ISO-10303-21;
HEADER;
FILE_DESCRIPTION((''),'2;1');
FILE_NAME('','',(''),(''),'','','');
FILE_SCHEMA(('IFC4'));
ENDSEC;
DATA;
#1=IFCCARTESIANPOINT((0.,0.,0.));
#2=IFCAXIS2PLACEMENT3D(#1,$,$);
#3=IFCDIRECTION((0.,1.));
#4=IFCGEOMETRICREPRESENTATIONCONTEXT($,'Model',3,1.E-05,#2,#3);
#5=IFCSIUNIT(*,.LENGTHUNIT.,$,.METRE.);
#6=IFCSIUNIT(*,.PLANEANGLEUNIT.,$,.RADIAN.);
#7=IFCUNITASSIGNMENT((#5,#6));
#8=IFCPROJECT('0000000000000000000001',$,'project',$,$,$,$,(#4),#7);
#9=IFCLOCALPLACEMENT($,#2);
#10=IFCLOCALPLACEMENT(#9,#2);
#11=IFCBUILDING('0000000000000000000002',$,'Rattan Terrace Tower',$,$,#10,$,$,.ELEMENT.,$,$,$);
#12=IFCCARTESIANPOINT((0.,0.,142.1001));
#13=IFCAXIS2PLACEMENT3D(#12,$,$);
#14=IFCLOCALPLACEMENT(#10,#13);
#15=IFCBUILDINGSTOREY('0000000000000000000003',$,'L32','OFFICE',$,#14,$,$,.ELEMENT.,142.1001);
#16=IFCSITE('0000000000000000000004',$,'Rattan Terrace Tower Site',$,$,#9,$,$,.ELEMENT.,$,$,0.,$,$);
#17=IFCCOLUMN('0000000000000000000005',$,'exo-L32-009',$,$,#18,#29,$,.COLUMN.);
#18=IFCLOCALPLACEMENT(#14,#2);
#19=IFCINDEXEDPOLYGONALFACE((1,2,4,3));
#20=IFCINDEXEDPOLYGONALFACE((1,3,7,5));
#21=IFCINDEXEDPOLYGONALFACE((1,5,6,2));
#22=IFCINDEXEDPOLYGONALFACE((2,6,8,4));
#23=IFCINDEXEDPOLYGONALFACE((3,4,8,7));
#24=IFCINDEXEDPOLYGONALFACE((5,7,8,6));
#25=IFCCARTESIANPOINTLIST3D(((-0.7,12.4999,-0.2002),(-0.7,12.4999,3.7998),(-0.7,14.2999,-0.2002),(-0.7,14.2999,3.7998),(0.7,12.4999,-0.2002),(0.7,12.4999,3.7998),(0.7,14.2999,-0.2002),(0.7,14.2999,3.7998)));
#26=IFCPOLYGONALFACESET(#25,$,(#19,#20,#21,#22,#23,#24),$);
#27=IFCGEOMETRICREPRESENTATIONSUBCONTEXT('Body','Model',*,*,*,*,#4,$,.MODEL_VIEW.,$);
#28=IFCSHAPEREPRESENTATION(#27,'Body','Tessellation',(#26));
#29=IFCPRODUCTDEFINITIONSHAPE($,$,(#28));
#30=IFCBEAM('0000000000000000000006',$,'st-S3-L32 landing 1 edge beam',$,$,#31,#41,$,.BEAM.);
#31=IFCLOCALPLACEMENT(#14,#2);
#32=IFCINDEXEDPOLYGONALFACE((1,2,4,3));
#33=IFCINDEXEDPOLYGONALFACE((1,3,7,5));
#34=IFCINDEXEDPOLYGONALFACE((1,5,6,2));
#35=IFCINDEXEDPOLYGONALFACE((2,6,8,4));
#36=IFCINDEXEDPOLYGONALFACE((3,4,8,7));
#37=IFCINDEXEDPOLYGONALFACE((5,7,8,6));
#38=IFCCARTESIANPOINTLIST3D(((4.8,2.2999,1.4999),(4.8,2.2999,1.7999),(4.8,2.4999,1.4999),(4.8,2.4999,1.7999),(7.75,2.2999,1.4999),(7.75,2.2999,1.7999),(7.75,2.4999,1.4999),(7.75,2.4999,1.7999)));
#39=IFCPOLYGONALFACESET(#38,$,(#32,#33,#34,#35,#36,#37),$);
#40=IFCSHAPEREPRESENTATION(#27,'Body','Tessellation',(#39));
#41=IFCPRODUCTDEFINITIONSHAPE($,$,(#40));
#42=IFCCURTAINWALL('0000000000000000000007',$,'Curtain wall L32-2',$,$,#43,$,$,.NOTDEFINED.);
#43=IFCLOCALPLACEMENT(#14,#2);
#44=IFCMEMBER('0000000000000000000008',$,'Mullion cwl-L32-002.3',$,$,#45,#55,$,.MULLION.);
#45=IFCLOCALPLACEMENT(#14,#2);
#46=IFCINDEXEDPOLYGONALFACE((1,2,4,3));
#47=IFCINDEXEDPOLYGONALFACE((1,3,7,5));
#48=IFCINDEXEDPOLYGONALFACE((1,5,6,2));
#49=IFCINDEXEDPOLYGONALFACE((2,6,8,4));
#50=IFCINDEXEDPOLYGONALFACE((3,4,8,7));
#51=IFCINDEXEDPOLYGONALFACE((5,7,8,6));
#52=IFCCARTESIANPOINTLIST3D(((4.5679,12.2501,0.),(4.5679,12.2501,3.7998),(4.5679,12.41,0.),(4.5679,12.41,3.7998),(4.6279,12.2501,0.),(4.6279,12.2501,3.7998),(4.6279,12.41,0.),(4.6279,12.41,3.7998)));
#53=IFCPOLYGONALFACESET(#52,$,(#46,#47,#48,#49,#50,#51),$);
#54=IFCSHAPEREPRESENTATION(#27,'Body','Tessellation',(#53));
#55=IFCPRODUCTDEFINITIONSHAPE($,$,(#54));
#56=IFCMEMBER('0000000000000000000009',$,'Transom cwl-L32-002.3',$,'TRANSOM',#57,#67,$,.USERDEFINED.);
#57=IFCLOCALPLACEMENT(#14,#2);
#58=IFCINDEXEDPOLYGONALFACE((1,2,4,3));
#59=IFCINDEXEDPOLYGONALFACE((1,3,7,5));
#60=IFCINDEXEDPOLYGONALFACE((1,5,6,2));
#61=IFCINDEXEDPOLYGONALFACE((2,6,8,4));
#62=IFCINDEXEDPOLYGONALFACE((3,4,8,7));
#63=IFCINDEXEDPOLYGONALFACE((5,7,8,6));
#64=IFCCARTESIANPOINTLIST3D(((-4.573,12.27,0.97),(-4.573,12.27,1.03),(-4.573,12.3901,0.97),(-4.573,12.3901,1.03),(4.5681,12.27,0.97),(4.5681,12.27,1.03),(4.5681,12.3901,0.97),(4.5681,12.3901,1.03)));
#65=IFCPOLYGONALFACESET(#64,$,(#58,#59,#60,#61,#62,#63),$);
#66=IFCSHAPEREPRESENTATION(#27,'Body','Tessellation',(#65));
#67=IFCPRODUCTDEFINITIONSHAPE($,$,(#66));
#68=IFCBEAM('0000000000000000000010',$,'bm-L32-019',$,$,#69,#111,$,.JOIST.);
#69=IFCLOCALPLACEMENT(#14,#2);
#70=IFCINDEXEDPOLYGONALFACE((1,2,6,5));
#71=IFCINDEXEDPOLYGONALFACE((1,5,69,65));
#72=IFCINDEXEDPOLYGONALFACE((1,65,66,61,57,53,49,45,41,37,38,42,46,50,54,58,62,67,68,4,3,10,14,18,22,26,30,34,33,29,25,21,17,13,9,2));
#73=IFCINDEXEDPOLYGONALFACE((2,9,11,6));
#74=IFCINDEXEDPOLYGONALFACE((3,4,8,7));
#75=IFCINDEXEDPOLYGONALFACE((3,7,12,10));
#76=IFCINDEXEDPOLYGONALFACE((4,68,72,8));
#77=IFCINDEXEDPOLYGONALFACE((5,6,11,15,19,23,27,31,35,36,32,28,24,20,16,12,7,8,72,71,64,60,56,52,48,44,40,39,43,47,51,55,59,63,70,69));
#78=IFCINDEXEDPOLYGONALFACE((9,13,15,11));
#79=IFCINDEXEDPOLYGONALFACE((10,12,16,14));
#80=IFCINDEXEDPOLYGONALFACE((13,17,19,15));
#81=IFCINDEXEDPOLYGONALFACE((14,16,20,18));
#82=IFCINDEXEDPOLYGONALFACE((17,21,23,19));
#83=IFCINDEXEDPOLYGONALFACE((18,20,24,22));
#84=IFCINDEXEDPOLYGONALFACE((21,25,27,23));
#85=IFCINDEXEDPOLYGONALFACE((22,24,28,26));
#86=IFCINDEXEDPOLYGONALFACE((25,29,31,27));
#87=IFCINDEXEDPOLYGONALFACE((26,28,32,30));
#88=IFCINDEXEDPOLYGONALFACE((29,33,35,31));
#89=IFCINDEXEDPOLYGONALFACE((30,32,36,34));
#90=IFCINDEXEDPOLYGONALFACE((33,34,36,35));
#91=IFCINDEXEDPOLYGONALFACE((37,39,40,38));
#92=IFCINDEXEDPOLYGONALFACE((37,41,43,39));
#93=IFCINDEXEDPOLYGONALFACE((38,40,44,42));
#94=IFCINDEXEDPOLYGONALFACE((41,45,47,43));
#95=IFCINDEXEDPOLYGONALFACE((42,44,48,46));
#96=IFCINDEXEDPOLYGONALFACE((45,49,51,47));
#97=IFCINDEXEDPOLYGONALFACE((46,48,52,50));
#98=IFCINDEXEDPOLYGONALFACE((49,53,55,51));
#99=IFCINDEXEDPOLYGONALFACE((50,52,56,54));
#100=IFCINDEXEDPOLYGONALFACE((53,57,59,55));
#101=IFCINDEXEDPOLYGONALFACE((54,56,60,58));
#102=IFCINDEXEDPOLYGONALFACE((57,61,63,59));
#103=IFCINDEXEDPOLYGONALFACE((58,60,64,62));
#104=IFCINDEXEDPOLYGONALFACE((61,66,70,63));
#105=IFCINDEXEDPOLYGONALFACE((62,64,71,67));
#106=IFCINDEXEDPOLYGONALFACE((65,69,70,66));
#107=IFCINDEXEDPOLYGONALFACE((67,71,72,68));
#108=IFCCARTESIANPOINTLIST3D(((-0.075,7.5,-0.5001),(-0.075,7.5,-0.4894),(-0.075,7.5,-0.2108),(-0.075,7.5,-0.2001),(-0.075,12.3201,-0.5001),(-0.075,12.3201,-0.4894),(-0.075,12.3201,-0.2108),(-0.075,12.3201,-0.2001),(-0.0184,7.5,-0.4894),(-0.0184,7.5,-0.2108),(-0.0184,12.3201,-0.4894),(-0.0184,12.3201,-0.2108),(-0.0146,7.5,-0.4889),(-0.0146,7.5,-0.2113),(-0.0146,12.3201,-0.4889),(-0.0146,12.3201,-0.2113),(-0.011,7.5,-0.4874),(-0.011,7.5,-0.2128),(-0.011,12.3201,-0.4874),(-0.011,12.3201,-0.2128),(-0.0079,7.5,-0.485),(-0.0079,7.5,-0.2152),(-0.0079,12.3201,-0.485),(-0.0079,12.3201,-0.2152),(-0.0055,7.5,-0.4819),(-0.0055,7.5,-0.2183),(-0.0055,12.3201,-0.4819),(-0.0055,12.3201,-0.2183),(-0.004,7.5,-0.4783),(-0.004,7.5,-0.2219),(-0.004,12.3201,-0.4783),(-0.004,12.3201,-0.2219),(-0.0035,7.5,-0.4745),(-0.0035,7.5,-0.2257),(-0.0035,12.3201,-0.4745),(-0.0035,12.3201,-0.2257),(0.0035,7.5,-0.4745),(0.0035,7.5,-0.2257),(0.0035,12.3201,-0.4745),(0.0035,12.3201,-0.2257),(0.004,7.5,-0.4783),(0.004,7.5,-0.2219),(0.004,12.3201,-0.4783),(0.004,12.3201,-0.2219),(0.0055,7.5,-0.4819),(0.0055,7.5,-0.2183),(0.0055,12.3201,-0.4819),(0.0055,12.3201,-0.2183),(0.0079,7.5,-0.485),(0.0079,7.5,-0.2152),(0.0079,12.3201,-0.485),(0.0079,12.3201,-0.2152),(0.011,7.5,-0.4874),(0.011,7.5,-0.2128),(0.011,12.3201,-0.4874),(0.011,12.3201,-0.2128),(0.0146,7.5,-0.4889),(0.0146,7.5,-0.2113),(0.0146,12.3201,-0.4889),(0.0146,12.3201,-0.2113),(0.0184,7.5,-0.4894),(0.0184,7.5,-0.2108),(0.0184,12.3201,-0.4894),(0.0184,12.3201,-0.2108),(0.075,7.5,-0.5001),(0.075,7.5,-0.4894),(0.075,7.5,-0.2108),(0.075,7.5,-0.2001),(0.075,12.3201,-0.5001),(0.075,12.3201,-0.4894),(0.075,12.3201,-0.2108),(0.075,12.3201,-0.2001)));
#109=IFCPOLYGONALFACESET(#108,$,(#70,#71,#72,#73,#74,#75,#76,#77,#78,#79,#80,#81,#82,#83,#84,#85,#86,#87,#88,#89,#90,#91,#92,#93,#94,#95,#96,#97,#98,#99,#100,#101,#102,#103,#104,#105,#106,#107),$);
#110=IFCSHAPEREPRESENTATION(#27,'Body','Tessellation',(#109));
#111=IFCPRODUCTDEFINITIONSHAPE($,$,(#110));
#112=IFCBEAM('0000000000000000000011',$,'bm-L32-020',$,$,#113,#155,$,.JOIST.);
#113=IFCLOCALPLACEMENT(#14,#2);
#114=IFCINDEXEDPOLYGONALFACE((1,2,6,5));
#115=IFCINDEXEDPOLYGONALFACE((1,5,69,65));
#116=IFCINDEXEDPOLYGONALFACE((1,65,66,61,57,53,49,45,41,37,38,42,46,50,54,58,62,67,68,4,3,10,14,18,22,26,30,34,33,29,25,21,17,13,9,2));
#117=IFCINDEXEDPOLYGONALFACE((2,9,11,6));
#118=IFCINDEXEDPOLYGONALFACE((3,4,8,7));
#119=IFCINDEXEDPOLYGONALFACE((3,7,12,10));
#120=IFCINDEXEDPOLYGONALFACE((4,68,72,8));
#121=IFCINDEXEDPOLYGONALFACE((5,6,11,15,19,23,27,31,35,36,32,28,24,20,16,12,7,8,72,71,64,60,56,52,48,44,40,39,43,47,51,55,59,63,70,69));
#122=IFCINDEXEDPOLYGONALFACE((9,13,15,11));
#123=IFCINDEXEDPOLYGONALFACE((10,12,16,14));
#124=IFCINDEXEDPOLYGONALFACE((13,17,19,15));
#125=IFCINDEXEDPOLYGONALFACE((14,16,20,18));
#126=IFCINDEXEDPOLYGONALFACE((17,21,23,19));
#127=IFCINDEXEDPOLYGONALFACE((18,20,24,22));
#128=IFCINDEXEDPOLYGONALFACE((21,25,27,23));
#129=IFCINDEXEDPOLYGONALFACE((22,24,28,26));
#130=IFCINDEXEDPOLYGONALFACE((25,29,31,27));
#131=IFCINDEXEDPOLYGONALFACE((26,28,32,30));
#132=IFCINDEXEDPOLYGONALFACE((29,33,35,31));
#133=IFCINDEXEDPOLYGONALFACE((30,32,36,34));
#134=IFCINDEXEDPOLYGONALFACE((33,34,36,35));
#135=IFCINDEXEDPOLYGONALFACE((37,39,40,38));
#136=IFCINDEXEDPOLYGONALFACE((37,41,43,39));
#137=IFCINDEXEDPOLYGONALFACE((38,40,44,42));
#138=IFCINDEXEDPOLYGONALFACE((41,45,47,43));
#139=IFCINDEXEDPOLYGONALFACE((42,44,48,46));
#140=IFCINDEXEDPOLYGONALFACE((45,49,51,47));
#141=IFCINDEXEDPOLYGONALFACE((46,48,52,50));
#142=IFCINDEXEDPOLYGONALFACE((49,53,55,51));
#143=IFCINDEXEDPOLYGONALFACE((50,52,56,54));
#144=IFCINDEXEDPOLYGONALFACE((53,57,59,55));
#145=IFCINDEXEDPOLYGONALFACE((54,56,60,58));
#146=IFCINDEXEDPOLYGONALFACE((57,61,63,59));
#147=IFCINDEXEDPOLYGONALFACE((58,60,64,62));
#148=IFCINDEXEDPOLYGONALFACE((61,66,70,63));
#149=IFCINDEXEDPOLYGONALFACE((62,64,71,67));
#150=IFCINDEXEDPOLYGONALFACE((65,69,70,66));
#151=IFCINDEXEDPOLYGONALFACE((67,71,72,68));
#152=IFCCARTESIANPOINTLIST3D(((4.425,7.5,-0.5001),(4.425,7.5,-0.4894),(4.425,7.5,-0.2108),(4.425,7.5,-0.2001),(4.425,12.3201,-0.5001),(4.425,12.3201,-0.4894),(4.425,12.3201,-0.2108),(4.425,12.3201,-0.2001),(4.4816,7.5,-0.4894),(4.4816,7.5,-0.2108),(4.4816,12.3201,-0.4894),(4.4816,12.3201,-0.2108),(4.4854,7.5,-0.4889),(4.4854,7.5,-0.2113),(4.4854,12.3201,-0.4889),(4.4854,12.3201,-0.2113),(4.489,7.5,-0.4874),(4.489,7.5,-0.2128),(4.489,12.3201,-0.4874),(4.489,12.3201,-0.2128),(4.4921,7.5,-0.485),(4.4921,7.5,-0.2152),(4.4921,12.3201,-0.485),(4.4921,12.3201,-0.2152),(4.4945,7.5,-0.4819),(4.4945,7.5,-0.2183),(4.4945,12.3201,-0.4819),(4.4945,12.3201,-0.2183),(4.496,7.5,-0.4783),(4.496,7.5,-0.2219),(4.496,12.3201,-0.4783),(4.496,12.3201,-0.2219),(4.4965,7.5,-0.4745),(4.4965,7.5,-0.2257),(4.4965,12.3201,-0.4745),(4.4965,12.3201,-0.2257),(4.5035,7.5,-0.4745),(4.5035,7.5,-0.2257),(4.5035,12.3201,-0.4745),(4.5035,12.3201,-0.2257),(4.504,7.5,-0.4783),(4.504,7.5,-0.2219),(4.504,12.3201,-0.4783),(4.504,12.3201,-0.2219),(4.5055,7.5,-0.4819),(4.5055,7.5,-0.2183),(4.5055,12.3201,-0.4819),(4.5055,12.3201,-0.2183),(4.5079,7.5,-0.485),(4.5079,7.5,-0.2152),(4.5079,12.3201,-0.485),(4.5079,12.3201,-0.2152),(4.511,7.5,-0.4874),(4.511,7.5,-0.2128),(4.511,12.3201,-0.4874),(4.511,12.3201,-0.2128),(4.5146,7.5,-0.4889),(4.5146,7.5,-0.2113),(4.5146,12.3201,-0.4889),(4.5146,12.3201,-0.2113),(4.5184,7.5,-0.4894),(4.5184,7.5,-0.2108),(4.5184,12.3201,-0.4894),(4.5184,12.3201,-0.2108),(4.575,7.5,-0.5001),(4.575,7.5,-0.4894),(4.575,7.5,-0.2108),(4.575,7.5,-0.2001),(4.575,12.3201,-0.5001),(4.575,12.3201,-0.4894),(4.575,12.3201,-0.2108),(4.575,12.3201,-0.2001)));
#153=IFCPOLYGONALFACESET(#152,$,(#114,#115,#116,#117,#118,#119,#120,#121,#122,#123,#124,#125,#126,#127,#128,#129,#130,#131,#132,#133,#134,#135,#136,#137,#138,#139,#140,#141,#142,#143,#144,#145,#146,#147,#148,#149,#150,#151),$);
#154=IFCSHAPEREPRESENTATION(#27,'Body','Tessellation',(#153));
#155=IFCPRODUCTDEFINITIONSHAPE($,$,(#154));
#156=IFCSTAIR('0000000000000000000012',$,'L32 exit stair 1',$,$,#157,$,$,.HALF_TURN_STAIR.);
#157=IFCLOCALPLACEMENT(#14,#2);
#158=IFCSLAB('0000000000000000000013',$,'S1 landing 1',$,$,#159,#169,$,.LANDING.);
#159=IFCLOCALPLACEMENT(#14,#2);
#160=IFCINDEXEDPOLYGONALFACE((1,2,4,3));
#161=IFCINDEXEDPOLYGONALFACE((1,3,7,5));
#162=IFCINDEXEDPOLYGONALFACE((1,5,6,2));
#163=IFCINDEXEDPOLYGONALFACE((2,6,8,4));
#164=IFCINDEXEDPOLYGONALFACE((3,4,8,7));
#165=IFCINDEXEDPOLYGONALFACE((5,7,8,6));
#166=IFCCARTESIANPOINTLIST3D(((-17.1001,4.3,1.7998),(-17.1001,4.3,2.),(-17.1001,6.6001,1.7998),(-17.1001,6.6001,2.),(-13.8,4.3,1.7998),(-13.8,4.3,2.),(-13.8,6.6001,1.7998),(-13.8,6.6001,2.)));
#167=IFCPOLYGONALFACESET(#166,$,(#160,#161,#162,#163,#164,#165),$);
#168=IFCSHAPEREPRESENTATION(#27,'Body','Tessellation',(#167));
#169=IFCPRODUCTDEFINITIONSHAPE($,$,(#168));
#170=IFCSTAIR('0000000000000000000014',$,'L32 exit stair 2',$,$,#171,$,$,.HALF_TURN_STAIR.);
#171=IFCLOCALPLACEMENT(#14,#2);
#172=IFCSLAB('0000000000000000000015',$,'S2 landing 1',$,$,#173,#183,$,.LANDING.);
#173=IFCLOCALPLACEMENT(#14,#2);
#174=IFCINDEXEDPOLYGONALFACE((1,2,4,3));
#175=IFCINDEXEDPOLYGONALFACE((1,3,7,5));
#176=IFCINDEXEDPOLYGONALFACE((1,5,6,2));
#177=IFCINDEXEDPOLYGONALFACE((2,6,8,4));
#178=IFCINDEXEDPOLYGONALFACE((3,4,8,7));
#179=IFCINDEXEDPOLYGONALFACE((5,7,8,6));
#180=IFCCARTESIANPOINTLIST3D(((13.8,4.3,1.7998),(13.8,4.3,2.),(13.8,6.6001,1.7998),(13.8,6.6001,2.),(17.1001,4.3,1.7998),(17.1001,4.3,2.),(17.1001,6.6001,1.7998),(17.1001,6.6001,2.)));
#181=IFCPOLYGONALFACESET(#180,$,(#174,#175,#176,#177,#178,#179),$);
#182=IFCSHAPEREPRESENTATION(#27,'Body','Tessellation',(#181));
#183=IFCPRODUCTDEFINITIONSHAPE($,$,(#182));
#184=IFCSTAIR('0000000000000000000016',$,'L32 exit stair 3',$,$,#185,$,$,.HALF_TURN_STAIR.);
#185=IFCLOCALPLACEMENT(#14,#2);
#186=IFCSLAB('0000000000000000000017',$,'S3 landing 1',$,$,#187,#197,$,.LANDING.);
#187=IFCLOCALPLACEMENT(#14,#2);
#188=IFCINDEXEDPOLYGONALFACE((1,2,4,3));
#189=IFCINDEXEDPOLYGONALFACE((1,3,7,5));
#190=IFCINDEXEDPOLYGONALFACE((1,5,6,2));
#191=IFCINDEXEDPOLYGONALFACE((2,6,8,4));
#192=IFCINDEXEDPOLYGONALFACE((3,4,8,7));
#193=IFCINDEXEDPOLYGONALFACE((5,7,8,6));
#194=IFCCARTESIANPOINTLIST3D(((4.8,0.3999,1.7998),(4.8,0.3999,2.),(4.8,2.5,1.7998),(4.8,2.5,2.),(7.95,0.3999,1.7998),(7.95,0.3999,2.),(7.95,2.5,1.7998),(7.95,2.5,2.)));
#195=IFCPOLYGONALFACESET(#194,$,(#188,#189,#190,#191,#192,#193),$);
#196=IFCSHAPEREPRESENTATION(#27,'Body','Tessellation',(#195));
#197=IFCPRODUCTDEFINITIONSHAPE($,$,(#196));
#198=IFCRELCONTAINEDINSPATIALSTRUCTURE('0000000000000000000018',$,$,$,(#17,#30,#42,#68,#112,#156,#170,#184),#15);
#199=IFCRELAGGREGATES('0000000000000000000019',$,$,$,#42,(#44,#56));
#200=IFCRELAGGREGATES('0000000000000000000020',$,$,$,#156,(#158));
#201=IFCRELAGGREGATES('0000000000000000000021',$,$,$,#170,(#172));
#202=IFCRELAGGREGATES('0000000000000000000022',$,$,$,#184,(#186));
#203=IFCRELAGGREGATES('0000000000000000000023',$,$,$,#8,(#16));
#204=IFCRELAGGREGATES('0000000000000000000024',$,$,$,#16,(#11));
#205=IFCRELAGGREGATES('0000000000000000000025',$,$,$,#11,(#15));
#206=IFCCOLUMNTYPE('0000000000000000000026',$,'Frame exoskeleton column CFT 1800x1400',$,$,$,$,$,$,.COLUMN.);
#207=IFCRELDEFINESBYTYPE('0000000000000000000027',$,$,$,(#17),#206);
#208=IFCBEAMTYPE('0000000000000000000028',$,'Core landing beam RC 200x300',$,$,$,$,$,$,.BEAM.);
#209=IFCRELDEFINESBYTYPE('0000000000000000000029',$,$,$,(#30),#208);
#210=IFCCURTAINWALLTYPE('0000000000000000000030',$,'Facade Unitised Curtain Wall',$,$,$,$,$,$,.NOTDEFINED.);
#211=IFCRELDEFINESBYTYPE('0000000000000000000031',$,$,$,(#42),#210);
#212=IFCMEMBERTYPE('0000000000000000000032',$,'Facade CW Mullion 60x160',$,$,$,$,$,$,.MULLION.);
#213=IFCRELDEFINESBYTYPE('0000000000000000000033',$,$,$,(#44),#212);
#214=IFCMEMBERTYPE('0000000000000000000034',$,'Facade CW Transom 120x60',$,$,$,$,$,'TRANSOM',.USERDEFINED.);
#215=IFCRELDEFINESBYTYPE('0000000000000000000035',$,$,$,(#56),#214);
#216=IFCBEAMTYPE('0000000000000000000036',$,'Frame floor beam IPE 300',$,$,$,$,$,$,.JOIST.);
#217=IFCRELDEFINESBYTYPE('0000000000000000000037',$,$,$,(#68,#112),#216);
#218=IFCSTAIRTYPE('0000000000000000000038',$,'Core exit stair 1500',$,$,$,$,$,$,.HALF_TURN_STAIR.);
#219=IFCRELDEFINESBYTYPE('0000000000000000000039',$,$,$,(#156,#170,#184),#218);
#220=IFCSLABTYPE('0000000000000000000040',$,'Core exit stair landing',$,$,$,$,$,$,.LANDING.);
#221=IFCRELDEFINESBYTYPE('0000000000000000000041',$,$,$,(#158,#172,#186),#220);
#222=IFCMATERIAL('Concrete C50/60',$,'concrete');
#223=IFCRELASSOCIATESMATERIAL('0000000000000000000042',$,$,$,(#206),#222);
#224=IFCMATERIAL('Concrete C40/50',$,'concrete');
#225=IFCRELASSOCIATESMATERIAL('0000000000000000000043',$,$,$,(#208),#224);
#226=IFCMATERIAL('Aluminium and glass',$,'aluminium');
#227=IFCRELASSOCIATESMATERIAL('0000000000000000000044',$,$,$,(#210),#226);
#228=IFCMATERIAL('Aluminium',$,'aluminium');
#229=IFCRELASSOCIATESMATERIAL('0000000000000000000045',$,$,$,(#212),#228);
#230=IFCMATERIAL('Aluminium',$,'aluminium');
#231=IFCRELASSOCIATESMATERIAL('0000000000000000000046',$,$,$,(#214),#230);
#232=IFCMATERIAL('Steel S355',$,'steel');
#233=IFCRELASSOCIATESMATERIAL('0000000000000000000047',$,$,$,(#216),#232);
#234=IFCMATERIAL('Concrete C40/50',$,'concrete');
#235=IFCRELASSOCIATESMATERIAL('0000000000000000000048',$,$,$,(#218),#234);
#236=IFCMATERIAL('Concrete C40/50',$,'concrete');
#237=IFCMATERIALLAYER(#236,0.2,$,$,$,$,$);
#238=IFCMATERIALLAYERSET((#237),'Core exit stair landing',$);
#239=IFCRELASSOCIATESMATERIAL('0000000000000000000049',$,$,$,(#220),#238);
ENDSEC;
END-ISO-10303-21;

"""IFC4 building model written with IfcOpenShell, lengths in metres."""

from ifc_helpers import new_model, si_unit, direction, frame, origin, origin_2d, place, context, subcontext, project, spatial, polyline, rectangle, i_section, outline, extrude, material, layer, layer_set, material_profile, profile_set, type_object, element, aggregate, save


model = new_model("IFC4")

# Units and contexts
model_context = context("Model", 3, precision=1e-05, world=origin(), true_north=direction((0.0, 1.0)))
body_context = subcontext(model_context, "Body", "Model", "MODEL_VIEW")
ifc_project = project(units=[si_unit("LENGTHUNIT", "METRE"), si_unit("PLANEANGLEUNIT", "RADIAN")], contexts=[model_context])

# Site, building, storey
site_placement = place(None, origin())
site = spatial("IfcSite", under=ifc_project, at=site_placement, Name="Rattan Terrace Tower Site", CompositionType="ELEMENT", RefElevation=0.0)
building_placement = place(site_placement, origin())
building = spatial("IfcBuilding", under=site, at=building_placement, Name="Rattan Terrace Tower", CompositionType="ELEMENT")
storey_placement = place(building_placement, frame((0.0, 0.0, 142.1001)))
storey = spatial("IfcBuildingStorey", under=building, at=storey_placement, Name="L32", Description="OFFICE", CompositionType="ELEMENT", Elevation=142.1001)

# Column
ifc_material_1 = material(Name="Concrete C50/60", Category="concrete")
ifc_material_profile_1 = material_profile(ifc_material_1, rectangle(XDim=1.3999, YDim=1.8, at=origin_2d()), Name="CFT 1800x1400")
ifc_profile_set_1 = profile_set([ifc_material_profile_1], Name="Concrete C50/60")
column_type = type_object("IfcColumnType", Name="Frame exoskeleton column CFT 1800x1400", PredefinedType="COLUMN", material=ifc_profile_set_1)
column_placement = place(storey_placement, frame((0.0, 13.3999, -0.2002), z_axis=(0.0, 0.0, 1.0), x_axis=(1.0, 0.0, 0.0)))
element("IfcColumn", 1, at=column_placement, inside=storey, type_object=column_type, Name="exo-L32-009", PredefinedType="COLUMN", context=body_context, shape_type="SweptSolid", body=[
    extrude(rectangle(XDim=1.3999, YDim=1.8, at=origin_2d()), origin(), (0.0, 0.0, 1.0), 4.0),
])

# Beam
ifc_material_2 = material(Name="Concrete C40/50", Category="concrete")
ifc_material_profile_2 = material_profile(ifc_material_2, rectangle(XDim=0.2, YDim=0.3, at=origin_2d()), Name="RC 200x300")
ifc_profile_set_2 = profile_set([ifc_material_profile_2], Name="Concrete C40/50")
beam_type_1 = type_object("IfcBeamType", Name="Core landing beam RC 200x300", PredefinedType="BEAM", material=ifc_profile_set_2)
beam_placement = place(storey_placement, frame((4.8, 2.3999, 1.6499), z_axis=(1.0, 0.0, 0.0), x_axis=(0.0, 1.0, 0.0)))
element("IfcBeam", 2, at=beam_placement, inside=storey, type_object=beam_type_1, Name="st-S3-L32 landing 1 edge beam", PredefinedType="BEAM", context=body_context, shape_type="SweptSolid", body=[
    extrude(rectangle(XDim=0.2, YDim=0.3, at=origin_2d()), origin(), (0.0, 0.0, 1.0), 2.95),
])

# Curtain wall, members
ifc_material_3 = material(Name="Aluminium and glass", Category="aluminium")
curtain_wall_type = type_object("IfcCurtainWallType", Name="Facade Unitised Curtain Wall", PredefinedType="NOTDEFINED", material=ifc_material_3)
curtain_wall_placement = place(storey_placement, origin())
curtain_wall = element("IfcCurtainWall", 3, at=curtain_wall_placement, inside=storey, type_object=curtain_wall_type, Name="Curtain wall L32-2", PredefinedType="NOTDEFINED")
ifc_material_4 = material(Name="Aluminium", Category="aluminium")
ifc_material_profile_3 = material_profile(ifc_material_4, rectangle(XDim=0.0601, YDim=0.1599, at=origin_2d()), Name="Aluminium 60x160")
ifc_profile_set_3 = profile_set([ifc_material_profile_3], Name="Aluminium")
member_type_1 = type_object("IfcMemberType", Name="Facade CW Mullion 60x160", PredefinedType="MULLION", material=ifc_profile_set_3)
member_1_placement = place(storey_placement, frame((4.5979, 12.3301, 0.0), z_axis=(0.0, 0.0, 1.0), x_axis=(-1.0, 0.0, 0.0)))
member_1 = element("IfcMember", 4, at=member_1_placement, type_object=member_type_1, Name="Mullion cwl-L32-002.3", PredefinedType="MULLION", context=body_context, shape_type="SweptSolid", body=[
    extrude(rectangle(XDim=0.0601, YDim=0.1599, at=origin_2d()), origin(), (0.0, 0.0, 1.0), 3.7998),
])
ifc_material_5 = material(Name="Aluminium", Category="aluminium")
ifc_material_profile_4 = material_profile(ifc_material_5, rectangle(XDim=0.1201, YDim=0.0601, at=origin_2d()), Name="Aluminium 120x60")
ifc_profile_set_4 = profile_set([ifc_material_profile_4], Name="Aluminium")
member_type_2 = type_object("IfcMemberType", Name="Facade CW Transom 120x60", ElementType="TRANSOM", PredefinedType="USERDEFINED", material=ifc_profile_set_4)
member_2_placement = place(storey_placement, frame((4.5681, 12.3301, 1.0), z_axis=(-1.0, 0.0, 0.0), x_axis=(0.0, -1.0, 0.0)))
member_2 = element("IfcMember", 5, at=member_2_placement, type_object=member_type_2, Name="Transom cwl-L32-002.3", ObjectType="TRANSOM", PredefinedType="USERDEFINED", context=body_context, shape_type="SweptSolid", body=[
    extrude(rectangle(XDim=0.1201, YDim=0.0601, at=origin_2d()), origin(), (0.0, 0.0, 1.0), 9.1411),
])
aggregate(curtain_wall, [member_1, member_2])

# Beams
ifc_material_6 = material(Name="Steel S355", Category="steel")
ifc_material_profile_5 = material_profile(ifc_material_6, i_section(OverallWidth=0.1499, OverallDepth=0.3, WebThickness=0.0071, FlangeThickness=0.0107, FilletRadius=0.0149, at=origin_2d()), Name="IPE 300")
ifc_profile_set_5 = profile_set([ifc_material_profile_5], Name="Steel S355")
beam_type_2 = type_object("IfcBeamType", Name="Frame floor beam IPE 300", PredefinedType="JOIST", material=ifc_profile_set_5)
for number, where, z_axis, x_axis, name in (
    (6, (0.0, 7.5, -0.3501), (0.0, 1.0, 0.0), (-1.0, 0.0, 0.0), "bm-L32-019"),
    (7, (4.5, 7.5, -0.3501), (0.0, 1.0, 0.0), (-1.0, 0.0, 0.0), "bm-L32-020"),
):
    element("IfcBeam", number, at=place(storey_placement, frame(where, z_axis=z_axis, x_axis=x_axis)), inside=storey, type_object=beam_type_2, Name=name, PredefinedType="JOIST", context=body_context, shape_type="SweptSolid", body=[
        extrude(i_section(OverallWidth=0.1499, OverallDepth=0.3, WebThickness=0.0071, FlangeThickness=0.0107, FilletRadius=0.0149, at=origin_2d()), origin(), (0.0, 0.0, 1.0), 4.8201),
    ])

# Stairs, slabs
ifc_material_7 = material(Name="Concrete C40/50", Category="concrete")
stair_type = type_object("IfcStairType", Name="Core exit stair 1500", PredefinedType="HALF_TURN_STAIR", material=ifc_material_7)
stair_1_placement = place(storey_placement, origin())
stair_1 = element("IfcStair", 8, at=stair_1_placement, inside=storey, type_object=stair_type, Name="L32 exit stair 1", PredefinedType="HALF_TURN_STAIR")
ifc_material_8 = material(Name="Concrete C40/50", Category="concrete")
ifc_layer_1 = layer(ifc_material_8, 0.2)
ifc_layer_set_1 = layer_set([ifc_layer_1], Name="Core exit stair landing")
slab_type = type_object("IfcSlabType", Name="Core exit stair landing", PredefinedType="LANDING", material=ifc_layer_set_1)
slab_1_placement = place(storey_placement, frame((0.0, 0.0, 1.7998)))
slab_1 = element("IfcSlab", 9, at=slab_1_placement, type_object=slab_type, Name="S1 landing 1", PredefinedType="LANDING", context=body_context, shape_type="SweptSolid", body=[
    extrude(outline(polyline([(-13.8, 4.3), (-13.8, 6.6001), (-17.1001, 6.6001), (-17.1001, 4.3), (-13.8, 4.3)])), origin(), (0.0, 0.0, 1.0), 0.2002),
])
aggregate(stair_1, [slab_1])
stair_2_placement = place(storey_placement, origin())
stair_2 = element("IfcStair", 10, at=stair_2_placement, inside=storey, type_object=stair_type, Name="L32 exit stair 2", PredefinedType="HALF_TURN_STAIR")
slab_2_placement = place(storey_placement, frame((0.0, 0.0, 1.7998)))
slab_2 = element("IfcSlab", 11, at=slab_2_placement, type_object=slab_type, Name="S2 landing 1", PredefinedType="LANDING", context=body_context, shape_type="SweptSolid", body=[
    extrude(outline(polyline([(17.1001, 4.3), (17.1001, 6.6001), (13.8, 6.6001), (13.8, 4.3), (17.1001, 4.3)])), origin(), (0.0, 0.0, 1.0), 0.2002),
])
aggregate(stair_2, [slab_2])
stair_3_placement = place(storey_placement, origin())
stair_3 = element("IfcStair", 12, at=stair_3_placement, inside=storey, type_object=stair_type, Name="L32 exit stair 3", PredefinedType="HALF_TURN_STAIR")
slab_3_placement = place(storey_placement, frame((0.0, 0.0, 1.7998)))
slab_3 = element("IfcSlab", 13, at=slab_3_placement, type_object=slab_type, Name="S3 landing 1", PredefinedType="LANDING", context=body_context, shape_type="SweptSolid", body=[
    extrude(outline(polyline([(4.8, 2.5), (4.8, 0.3999), (7.95, 0.3999), (7.95, 2.5), (4.8, 2.5)])), origin(), (0.0, 0.0, 1.0), 0.2002),
])

aggregate(stair_3, [slab_3])

save(model, "model.ifc")
